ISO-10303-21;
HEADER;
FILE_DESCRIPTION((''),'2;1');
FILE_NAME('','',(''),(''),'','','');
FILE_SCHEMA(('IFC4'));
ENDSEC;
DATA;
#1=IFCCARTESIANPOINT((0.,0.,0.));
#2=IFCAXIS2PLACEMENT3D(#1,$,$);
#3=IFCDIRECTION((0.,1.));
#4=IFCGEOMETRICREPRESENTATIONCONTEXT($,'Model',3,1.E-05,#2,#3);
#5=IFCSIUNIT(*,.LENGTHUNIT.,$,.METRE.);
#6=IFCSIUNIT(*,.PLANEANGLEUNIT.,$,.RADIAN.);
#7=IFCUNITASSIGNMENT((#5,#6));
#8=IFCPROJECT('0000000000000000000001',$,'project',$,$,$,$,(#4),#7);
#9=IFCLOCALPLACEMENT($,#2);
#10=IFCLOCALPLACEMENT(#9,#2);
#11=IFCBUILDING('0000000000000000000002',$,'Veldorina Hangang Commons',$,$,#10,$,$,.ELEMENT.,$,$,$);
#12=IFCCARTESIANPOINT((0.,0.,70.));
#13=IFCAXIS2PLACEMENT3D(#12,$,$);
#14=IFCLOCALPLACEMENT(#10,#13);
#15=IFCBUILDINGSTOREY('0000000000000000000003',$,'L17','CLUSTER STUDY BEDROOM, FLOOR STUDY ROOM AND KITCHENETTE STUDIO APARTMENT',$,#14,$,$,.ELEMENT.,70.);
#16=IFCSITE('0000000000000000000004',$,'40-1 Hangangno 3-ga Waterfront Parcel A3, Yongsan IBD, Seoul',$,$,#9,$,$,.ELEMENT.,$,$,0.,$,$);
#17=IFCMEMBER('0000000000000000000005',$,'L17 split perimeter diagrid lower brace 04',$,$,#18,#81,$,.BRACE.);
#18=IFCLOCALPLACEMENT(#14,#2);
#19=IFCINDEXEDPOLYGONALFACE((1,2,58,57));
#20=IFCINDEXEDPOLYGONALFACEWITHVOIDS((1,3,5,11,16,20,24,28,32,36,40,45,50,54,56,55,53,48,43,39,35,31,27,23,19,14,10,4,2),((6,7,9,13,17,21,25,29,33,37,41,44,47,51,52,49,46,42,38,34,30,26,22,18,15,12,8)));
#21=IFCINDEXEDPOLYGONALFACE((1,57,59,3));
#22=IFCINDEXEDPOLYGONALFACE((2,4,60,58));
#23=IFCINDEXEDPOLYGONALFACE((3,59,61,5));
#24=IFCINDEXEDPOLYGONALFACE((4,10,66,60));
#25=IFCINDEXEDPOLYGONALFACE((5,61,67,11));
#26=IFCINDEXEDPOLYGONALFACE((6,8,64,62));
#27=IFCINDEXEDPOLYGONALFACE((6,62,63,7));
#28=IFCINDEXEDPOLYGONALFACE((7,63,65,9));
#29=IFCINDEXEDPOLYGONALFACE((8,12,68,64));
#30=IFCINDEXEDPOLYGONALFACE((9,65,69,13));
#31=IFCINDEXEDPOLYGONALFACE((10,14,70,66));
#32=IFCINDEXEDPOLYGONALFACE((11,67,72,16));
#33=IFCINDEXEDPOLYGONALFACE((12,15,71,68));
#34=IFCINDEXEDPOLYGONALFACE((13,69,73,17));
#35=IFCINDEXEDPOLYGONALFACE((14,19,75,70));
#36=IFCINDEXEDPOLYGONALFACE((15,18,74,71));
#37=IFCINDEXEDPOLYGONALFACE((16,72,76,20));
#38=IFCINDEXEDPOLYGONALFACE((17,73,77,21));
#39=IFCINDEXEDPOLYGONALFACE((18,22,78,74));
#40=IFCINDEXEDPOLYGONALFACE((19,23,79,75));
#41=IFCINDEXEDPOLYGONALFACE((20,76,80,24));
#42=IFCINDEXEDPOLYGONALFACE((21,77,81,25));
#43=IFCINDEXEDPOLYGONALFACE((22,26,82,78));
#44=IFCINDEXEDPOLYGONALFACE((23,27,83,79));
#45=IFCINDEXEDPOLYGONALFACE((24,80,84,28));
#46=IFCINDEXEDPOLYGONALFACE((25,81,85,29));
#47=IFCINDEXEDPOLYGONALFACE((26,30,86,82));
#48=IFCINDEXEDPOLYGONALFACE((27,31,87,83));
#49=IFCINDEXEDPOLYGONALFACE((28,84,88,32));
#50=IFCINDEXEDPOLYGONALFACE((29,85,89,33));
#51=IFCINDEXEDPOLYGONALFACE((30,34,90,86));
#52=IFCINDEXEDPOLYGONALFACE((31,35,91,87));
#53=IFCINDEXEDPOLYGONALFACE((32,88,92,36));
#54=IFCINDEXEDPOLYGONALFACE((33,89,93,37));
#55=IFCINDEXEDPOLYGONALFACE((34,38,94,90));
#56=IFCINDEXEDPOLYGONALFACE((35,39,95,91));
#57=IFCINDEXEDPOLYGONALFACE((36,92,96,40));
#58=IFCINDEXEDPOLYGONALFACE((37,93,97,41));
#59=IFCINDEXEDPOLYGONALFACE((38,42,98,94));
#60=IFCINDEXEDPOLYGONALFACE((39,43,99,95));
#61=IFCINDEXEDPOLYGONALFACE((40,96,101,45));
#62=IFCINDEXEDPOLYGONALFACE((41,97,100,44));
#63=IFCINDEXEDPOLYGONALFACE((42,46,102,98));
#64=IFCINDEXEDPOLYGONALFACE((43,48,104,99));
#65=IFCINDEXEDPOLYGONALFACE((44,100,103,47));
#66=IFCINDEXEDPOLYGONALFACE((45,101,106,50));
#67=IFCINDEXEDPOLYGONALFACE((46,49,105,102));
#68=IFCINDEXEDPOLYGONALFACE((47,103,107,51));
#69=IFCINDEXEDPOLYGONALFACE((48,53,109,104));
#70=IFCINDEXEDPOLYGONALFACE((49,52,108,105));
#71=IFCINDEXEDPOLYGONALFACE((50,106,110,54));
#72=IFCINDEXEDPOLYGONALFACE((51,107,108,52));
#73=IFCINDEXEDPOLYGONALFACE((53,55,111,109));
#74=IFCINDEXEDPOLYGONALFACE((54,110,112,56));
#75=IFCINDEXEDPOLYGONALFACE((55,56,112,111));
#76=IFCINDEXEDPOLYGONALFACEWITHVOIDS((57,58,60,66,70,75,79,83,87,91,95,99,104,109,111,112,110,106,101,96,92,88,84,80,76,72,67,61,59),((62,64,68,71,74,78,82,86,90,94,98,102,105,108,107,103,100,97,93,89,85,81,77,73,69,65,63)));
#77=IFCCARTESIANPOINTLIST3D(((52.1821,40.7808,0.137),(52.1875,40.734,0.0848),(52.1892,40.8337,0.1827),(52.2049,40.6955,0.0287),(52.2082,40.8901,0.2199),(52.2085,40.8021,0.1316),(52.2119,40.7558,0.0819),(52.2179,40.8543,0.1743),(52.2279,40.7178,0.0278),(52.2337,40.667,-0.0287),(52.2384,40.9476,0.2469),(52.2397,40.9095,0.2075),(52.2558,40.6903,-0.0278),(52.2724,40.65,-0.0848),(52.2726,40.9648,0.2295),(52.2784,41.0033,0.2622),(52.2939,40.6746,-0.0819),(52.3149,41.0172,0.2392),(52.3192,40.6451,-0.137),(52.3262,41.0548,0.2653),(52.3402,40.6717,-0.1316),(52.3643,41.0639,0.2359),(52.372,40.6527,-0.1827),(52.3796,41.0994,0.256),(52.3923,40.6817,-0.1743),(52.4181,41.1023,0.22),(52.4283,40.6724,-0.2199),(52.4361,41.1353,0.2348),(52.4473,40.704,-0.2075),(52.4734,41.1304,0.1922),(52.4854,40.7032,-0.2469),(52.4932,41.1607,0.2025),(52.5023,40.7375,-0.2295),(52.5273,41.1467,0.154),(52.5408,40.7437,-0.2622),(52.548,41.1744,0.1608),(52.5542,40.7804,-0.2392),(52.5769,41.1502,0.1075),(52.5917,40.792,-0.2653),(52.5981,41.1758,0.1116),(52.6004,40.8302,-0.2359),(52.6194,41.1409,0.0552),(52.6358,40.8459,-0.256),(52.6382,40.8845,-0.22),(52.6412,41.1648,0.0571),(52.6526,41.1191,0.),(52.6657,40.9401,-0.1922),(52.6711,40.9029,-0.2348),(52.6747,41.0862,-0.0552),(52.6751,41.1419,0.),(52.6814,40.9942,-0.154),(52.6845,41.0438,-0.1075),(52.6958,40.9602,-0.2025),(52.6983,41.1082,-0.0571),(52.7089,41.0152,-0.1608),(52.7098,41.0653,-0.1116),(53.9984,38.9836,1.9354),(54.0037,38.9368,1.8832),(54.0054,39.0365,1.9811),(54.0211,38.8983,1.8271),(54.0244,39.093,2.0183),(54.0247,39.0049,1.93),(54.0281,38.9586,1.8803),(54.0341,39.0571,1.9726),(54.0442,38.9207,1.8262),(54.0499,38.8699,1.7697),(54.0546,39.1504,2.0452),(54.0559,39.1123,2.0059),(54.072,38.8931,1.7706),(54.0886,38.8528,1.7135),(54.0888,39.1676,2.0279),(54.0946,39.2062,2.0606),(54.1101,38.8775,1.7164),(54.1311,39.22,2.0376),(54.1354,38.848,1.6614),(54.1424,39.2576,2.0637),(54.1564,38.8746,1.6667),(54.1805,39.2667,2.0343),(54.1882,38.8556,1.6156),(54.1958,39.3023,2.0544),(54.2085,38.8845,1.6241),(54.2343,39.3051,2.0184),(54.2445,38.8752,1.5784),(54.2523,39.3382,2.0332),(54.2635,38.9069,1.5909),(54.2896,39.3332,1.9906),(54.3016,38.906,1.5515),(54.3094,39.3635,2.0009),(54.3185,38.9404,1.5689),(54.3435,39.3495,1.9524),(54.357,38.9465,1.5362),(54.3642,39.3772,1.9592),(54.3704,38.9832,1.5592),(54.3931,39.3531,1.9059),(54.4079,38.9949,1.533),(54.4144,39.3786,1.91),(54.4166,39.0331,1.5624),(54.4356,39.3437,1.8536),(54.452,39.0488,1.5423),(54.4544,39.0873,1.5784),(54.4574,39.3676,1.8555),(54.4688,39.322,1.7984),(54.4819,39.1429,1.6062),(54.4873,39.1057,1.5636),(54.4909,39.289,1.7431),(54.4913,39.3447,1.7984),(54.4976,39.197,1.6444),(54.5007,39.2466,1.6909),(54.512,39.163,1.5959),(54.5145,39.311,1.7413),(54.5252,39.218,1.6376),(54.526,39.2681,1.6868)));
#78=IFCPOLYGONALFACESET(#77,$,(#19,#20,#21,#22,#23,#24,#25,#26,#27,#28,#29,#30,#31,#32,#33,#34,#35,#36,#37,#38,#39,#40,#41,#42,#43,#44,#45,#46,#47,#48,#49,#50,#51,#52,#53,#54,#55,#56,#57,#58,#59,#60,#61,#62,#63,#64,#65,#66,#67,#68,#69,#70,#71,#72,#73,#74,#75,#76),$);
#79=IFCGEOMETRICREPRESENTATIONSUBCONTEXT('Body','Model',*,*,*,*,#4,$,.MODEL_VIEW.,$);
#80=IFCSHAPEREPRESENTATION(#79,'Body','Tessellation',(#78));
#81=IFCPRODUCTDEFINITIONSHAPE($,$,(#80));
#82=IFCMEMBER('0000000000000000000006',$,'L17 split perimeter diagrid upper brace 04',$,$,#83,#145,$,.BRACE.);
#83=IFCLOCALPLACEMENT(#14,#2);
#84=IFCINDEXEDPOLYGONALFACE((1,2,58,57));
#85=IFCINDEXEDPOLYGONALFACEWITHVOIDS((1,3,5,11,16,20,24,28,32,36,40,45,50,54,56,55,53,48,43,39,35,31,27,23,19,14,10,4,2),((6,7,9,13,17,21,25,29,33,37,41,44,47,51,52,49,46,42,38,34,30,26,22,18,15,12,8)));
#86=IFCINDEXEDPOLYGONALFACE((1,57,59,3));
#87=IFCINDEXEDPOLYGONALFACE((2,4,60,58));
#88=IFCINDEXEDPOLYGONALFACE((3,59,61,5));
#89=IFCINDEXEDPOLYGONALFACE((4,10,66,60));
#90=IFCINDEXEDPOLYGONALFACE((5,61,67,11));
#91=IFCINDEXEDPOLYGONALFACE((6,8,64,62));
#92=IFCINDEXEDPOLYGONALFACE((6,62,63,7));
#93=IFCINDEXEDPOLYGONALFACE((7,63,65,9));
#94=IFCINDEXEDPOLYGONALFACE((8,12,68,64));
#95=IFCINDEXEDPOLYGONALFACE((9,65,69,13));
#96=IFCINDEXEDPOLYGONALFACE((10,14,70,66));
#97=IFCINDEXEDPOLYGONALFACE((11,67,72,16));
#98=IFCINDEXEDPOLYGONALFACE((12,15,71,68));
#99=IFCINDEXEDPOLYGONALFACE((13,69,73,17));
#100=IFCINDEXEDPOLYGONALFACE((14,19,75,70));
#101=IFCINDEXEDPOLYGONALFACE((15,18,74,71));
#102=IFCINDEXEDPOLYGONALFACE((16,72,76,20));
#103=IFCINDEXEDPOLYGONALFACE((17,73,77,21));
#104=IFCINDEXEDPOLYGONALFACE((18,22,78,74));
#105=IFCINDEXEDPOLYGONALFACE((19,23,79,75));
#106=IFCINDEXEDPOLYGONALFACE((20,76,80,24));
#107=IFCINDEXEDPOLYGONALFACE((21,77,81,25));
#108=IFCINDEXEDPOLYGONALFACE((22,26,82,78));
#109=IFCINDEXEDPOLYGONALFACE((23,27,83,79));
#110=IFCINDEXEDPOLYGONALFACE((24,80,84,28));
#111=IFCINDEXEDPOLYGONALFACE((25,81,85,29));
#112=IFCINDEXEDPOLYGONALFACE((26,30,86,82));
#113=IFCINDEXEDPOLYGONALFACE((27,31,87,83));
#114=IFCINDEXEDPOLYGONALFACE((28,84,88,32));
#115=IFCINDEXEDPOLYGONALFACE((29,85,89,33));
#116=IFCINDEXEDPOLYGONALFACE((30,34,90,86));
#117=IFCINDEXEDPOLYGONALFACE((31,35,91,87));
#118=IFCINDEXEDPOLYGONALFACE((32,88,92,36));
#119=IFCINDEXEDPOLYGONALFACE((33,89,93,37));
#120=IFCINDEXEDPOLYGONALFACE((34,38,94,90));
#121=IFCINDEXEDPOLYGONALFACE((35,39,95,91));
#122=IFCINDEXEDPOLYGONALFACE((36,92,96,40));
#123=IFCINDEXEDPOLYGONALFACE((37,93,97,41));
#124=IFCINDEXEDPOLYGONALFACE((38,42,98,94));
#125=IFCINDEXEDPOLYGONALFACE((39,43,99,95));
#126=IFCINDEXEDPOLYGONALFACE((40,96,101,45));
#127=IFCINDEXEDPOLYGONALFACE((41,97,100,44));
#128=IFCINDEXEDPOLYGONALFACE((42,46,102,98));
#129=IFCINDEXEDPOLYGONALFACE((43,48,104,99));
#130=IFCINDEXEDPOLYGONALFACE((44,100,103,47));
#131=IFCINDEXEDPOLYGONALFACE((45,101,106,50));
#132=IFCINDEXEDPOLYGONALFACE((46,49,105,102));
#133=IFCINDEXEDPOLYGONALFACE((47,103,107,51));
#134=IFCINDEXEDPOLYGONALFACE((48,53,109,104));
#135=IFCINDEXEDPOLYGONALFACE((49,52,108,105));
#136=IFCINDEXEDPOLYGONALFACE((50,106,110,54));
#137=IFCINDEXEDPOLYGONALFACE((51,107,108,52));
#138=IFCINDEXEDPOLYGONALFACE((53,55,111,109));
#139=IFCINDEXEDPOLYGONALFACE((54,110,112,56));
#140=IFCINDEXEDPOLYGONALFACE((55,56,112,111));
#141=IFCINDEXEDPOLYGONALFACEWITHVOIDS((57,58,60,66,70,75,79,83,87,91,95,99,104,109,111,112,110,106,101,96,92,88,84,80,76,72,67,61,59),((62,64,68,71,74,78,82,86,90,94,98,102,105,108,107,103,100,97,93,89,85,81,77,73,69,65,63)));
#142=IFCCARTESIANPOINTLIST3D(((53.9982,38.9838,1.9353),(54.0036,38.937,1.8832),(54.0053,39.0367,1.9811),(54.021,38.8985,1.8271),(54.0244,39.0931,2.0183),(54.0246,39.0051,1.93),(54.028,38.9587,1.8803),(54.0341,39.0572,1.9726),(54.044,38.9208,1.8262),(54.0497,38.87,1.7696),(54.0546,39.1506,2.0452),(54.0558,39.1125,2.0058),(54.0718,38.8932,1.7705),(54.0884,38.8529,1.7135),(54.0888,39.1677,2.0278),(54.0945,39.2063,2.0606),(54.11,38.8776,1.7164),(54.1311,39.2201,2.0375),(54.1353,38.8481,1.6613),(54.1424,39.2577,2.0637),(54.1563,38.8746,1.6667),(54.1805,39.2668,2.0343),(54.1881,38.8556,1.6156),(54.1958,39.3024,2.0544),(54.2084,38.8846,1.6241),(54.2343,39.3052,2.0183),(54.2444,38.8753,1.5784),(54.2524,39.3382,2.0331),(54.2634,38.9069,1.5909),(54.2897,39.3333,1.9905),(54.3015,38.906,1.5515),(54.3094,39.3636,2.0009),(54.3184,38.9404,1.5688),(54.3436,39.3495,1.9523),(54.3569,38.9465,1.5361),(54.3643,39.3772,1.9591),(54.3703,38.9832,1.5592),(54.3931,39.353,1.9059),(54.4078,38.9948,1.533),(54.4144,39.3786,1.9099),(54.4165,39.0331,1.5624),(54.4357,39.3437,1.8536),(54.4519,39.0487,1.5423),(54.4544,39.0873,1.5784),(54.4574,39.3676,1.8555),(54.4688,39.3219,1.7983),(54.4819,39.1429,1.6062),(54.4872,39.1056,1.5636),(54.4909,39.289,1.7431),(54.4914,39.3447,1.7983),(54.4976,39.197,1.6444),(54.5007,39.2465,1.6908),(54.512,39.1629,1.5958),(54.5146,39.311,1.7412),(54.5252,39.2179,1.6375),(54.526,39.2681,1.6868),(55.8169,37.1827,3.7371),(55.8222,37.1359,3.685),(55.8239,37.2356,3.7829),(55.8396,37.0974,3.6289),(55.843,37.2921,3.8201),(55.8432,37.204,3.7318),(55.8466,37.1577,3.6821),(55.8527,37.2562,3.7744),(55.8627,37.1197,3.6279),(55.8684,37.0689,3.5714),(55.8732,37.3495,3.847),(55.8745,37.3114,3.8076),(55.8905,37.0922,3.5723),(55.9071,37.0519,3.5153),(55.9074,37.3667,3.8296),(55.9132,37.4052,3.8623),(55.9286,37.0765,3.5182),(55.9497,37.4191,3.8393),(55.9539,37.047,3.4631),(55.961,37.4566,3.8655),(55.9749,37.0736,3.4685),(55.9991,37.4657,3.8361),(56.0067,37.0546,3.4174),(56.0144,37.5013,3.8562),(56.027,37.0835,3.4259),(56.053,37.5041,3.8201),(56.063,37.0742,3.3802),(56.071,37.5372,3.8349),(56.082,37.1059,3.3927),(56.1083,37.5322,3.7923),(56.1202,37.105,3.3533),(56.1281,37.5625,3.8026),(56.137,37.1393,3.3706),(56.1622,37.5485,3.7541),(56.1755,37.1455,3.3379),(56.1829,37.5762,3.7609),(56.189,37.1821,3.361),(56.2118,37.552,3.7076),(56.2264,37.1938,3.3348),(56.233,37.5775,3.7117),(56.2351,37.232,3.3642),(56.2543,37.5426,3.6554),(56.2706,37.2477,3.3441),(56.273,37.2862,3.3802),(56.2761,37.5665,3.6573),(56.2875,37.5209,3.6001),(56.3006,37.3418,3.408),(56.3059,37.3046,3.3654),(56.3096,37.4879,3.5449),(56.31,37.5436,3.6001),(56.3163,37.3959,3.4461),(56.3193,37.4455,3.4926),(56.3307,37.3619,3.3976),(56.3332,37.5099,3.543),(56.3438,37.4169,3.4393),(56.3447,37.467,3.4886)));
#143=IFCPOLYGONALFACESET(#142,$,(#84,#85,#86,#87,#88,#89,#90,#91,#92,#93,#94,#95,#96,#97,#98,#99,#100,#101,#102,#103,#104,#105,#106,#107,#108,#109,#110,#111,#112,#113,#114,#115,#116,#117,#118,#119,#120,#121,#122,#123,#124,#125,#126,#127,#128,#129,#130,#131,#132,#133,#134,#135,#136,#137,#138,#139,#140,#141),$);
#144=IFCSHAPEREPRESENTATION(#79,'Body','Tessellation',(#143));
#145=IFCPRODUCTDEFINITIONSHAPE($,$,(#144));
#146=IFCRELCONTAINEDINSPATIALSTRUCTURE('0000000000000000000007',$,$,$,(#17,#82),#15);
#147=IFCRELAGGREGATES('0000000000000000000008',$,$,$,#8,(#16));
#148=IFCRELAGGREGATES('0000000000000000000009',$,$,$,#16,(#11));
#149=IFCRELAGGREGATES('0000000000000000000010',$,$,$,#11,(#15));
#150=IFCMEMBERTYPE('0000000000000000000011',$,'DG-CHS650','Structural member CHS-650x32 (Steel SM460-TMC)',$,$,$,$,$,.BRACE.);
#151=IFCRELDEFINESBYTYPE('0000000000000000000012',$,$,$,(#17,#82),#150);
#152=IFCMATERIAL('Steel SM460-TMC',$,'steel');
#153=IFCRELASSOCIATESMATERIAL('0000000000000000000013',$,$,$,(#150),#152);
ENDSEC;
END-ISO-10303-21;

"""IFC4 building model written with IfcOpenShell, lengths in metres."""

from ifc_helpers import new_model, si_unit, direction, frame, origin, origin_2d, place, context, subcontext, project, spatial, hollow_circle, extrude, material, material_profile, profile_set, type_object, element, save


model = new_model("IFC4")

# Units and contexts
model_context = context("Model", 3, precision=1e-05, world=origin(), true_north=direction((0.0, 1.0)))
body_context = subcontext(model_context, "Body", "Model", "MODEL_VIEW")
ifc_project = project(units=[si_unit("LENGTHUNIT", "METRE"), si_unit("PLANEANGLEUNIT", "RADIAN")], contexts=[model_context])

# Site, building, storey
site_placement = place(None, origin())
site = spatial("IfcSite", under=ifc_project, at=site_placement, Name="40-1 Hangangno 3-ga Waterfront Parcel A3, Yongsan IBD, Seoul", CompositionType="ELEMENT", RefElevation=0.0)
building_placement = place(site_placement, origin())
building = spatial("IfcBuilding", under=site, at=building_placement, Name="Veldorina Hangang Commons", CompositionType="ELEMENT")
storey_placement = place(building_placement, frame((0.0, 0.0, 70.0)))
storey = spatial("IfcBuildingStorey", under=building, at=storey_placement, Name="L17", Description="CLUSTER STUDY BEDROOM, FLOOR STUDY ROOM AND KITCHENETTE STUDIO APARTMENT", CompositionType="ELEMENT", Elevation=70.0)

# Members
ifc_material_1 = material(Name="Steel SM460-TMC", Category="steel")
ifc_material_profile_1 = material_profile(ifc_material_1, hollow_circle(Radius=0.325, WallThickness=0.032, at=origin_2d()), Name="CHS-650x32")
ifc_profile_set_1 = profile_set([ifc_material_profile_1], Name="Steel SM460-TMC")
member_type = type_object("IfcMemberType", Name="DG-CHS650", Description="Structural member CHS-650x32 (Steel SM460-TMC)", PredefinedType="BRACE", material=ifc_profile_set_1)
member_1_placement = place(storey_placement, frame((52.4465, 40.9109, 0.0), z_axis=(0.581277, -0.575182, 0.575572), x_axis=(0.70337, 0.710824, 0.0)))
element("IfcMember", 1, at=member_1_placement, inside=storey, type_object=member_type, Name="L17 split perimeter diagrid lower brace 04", PredefinedType="BRACE", context=body_context, shape_type="SweptSolid", body=[
    extrude(hollow_circle(Radius=0.325, WallThickness=0.032, at=origin_2d()), origin(), (0.0, 0.0, 1.0), 3.1245),
])
member_2_placement = place(storey_placement, frame((54.2627, 39.1138, 1.7983), z_axis=(0.58101, -0.575394, 0.575628), x_axis=(0.703665, 0.710532, 0.0)))
element("IfcMember", 2, at=member_2_placement, inside=storey, type_object=member_type, Name="L17 split perimeter diagrid upper brace 04", PredefinedType="BRACE", context=body_context, shape_type="SweptSolid", body=[
    extrude(hollow_circle(Radius=0.325, WallThickness=0.032, at=origin_2d()), origin(), (0.0, 0.0, 1.0), 3.1301),
])

save(model, "model.ifc")
